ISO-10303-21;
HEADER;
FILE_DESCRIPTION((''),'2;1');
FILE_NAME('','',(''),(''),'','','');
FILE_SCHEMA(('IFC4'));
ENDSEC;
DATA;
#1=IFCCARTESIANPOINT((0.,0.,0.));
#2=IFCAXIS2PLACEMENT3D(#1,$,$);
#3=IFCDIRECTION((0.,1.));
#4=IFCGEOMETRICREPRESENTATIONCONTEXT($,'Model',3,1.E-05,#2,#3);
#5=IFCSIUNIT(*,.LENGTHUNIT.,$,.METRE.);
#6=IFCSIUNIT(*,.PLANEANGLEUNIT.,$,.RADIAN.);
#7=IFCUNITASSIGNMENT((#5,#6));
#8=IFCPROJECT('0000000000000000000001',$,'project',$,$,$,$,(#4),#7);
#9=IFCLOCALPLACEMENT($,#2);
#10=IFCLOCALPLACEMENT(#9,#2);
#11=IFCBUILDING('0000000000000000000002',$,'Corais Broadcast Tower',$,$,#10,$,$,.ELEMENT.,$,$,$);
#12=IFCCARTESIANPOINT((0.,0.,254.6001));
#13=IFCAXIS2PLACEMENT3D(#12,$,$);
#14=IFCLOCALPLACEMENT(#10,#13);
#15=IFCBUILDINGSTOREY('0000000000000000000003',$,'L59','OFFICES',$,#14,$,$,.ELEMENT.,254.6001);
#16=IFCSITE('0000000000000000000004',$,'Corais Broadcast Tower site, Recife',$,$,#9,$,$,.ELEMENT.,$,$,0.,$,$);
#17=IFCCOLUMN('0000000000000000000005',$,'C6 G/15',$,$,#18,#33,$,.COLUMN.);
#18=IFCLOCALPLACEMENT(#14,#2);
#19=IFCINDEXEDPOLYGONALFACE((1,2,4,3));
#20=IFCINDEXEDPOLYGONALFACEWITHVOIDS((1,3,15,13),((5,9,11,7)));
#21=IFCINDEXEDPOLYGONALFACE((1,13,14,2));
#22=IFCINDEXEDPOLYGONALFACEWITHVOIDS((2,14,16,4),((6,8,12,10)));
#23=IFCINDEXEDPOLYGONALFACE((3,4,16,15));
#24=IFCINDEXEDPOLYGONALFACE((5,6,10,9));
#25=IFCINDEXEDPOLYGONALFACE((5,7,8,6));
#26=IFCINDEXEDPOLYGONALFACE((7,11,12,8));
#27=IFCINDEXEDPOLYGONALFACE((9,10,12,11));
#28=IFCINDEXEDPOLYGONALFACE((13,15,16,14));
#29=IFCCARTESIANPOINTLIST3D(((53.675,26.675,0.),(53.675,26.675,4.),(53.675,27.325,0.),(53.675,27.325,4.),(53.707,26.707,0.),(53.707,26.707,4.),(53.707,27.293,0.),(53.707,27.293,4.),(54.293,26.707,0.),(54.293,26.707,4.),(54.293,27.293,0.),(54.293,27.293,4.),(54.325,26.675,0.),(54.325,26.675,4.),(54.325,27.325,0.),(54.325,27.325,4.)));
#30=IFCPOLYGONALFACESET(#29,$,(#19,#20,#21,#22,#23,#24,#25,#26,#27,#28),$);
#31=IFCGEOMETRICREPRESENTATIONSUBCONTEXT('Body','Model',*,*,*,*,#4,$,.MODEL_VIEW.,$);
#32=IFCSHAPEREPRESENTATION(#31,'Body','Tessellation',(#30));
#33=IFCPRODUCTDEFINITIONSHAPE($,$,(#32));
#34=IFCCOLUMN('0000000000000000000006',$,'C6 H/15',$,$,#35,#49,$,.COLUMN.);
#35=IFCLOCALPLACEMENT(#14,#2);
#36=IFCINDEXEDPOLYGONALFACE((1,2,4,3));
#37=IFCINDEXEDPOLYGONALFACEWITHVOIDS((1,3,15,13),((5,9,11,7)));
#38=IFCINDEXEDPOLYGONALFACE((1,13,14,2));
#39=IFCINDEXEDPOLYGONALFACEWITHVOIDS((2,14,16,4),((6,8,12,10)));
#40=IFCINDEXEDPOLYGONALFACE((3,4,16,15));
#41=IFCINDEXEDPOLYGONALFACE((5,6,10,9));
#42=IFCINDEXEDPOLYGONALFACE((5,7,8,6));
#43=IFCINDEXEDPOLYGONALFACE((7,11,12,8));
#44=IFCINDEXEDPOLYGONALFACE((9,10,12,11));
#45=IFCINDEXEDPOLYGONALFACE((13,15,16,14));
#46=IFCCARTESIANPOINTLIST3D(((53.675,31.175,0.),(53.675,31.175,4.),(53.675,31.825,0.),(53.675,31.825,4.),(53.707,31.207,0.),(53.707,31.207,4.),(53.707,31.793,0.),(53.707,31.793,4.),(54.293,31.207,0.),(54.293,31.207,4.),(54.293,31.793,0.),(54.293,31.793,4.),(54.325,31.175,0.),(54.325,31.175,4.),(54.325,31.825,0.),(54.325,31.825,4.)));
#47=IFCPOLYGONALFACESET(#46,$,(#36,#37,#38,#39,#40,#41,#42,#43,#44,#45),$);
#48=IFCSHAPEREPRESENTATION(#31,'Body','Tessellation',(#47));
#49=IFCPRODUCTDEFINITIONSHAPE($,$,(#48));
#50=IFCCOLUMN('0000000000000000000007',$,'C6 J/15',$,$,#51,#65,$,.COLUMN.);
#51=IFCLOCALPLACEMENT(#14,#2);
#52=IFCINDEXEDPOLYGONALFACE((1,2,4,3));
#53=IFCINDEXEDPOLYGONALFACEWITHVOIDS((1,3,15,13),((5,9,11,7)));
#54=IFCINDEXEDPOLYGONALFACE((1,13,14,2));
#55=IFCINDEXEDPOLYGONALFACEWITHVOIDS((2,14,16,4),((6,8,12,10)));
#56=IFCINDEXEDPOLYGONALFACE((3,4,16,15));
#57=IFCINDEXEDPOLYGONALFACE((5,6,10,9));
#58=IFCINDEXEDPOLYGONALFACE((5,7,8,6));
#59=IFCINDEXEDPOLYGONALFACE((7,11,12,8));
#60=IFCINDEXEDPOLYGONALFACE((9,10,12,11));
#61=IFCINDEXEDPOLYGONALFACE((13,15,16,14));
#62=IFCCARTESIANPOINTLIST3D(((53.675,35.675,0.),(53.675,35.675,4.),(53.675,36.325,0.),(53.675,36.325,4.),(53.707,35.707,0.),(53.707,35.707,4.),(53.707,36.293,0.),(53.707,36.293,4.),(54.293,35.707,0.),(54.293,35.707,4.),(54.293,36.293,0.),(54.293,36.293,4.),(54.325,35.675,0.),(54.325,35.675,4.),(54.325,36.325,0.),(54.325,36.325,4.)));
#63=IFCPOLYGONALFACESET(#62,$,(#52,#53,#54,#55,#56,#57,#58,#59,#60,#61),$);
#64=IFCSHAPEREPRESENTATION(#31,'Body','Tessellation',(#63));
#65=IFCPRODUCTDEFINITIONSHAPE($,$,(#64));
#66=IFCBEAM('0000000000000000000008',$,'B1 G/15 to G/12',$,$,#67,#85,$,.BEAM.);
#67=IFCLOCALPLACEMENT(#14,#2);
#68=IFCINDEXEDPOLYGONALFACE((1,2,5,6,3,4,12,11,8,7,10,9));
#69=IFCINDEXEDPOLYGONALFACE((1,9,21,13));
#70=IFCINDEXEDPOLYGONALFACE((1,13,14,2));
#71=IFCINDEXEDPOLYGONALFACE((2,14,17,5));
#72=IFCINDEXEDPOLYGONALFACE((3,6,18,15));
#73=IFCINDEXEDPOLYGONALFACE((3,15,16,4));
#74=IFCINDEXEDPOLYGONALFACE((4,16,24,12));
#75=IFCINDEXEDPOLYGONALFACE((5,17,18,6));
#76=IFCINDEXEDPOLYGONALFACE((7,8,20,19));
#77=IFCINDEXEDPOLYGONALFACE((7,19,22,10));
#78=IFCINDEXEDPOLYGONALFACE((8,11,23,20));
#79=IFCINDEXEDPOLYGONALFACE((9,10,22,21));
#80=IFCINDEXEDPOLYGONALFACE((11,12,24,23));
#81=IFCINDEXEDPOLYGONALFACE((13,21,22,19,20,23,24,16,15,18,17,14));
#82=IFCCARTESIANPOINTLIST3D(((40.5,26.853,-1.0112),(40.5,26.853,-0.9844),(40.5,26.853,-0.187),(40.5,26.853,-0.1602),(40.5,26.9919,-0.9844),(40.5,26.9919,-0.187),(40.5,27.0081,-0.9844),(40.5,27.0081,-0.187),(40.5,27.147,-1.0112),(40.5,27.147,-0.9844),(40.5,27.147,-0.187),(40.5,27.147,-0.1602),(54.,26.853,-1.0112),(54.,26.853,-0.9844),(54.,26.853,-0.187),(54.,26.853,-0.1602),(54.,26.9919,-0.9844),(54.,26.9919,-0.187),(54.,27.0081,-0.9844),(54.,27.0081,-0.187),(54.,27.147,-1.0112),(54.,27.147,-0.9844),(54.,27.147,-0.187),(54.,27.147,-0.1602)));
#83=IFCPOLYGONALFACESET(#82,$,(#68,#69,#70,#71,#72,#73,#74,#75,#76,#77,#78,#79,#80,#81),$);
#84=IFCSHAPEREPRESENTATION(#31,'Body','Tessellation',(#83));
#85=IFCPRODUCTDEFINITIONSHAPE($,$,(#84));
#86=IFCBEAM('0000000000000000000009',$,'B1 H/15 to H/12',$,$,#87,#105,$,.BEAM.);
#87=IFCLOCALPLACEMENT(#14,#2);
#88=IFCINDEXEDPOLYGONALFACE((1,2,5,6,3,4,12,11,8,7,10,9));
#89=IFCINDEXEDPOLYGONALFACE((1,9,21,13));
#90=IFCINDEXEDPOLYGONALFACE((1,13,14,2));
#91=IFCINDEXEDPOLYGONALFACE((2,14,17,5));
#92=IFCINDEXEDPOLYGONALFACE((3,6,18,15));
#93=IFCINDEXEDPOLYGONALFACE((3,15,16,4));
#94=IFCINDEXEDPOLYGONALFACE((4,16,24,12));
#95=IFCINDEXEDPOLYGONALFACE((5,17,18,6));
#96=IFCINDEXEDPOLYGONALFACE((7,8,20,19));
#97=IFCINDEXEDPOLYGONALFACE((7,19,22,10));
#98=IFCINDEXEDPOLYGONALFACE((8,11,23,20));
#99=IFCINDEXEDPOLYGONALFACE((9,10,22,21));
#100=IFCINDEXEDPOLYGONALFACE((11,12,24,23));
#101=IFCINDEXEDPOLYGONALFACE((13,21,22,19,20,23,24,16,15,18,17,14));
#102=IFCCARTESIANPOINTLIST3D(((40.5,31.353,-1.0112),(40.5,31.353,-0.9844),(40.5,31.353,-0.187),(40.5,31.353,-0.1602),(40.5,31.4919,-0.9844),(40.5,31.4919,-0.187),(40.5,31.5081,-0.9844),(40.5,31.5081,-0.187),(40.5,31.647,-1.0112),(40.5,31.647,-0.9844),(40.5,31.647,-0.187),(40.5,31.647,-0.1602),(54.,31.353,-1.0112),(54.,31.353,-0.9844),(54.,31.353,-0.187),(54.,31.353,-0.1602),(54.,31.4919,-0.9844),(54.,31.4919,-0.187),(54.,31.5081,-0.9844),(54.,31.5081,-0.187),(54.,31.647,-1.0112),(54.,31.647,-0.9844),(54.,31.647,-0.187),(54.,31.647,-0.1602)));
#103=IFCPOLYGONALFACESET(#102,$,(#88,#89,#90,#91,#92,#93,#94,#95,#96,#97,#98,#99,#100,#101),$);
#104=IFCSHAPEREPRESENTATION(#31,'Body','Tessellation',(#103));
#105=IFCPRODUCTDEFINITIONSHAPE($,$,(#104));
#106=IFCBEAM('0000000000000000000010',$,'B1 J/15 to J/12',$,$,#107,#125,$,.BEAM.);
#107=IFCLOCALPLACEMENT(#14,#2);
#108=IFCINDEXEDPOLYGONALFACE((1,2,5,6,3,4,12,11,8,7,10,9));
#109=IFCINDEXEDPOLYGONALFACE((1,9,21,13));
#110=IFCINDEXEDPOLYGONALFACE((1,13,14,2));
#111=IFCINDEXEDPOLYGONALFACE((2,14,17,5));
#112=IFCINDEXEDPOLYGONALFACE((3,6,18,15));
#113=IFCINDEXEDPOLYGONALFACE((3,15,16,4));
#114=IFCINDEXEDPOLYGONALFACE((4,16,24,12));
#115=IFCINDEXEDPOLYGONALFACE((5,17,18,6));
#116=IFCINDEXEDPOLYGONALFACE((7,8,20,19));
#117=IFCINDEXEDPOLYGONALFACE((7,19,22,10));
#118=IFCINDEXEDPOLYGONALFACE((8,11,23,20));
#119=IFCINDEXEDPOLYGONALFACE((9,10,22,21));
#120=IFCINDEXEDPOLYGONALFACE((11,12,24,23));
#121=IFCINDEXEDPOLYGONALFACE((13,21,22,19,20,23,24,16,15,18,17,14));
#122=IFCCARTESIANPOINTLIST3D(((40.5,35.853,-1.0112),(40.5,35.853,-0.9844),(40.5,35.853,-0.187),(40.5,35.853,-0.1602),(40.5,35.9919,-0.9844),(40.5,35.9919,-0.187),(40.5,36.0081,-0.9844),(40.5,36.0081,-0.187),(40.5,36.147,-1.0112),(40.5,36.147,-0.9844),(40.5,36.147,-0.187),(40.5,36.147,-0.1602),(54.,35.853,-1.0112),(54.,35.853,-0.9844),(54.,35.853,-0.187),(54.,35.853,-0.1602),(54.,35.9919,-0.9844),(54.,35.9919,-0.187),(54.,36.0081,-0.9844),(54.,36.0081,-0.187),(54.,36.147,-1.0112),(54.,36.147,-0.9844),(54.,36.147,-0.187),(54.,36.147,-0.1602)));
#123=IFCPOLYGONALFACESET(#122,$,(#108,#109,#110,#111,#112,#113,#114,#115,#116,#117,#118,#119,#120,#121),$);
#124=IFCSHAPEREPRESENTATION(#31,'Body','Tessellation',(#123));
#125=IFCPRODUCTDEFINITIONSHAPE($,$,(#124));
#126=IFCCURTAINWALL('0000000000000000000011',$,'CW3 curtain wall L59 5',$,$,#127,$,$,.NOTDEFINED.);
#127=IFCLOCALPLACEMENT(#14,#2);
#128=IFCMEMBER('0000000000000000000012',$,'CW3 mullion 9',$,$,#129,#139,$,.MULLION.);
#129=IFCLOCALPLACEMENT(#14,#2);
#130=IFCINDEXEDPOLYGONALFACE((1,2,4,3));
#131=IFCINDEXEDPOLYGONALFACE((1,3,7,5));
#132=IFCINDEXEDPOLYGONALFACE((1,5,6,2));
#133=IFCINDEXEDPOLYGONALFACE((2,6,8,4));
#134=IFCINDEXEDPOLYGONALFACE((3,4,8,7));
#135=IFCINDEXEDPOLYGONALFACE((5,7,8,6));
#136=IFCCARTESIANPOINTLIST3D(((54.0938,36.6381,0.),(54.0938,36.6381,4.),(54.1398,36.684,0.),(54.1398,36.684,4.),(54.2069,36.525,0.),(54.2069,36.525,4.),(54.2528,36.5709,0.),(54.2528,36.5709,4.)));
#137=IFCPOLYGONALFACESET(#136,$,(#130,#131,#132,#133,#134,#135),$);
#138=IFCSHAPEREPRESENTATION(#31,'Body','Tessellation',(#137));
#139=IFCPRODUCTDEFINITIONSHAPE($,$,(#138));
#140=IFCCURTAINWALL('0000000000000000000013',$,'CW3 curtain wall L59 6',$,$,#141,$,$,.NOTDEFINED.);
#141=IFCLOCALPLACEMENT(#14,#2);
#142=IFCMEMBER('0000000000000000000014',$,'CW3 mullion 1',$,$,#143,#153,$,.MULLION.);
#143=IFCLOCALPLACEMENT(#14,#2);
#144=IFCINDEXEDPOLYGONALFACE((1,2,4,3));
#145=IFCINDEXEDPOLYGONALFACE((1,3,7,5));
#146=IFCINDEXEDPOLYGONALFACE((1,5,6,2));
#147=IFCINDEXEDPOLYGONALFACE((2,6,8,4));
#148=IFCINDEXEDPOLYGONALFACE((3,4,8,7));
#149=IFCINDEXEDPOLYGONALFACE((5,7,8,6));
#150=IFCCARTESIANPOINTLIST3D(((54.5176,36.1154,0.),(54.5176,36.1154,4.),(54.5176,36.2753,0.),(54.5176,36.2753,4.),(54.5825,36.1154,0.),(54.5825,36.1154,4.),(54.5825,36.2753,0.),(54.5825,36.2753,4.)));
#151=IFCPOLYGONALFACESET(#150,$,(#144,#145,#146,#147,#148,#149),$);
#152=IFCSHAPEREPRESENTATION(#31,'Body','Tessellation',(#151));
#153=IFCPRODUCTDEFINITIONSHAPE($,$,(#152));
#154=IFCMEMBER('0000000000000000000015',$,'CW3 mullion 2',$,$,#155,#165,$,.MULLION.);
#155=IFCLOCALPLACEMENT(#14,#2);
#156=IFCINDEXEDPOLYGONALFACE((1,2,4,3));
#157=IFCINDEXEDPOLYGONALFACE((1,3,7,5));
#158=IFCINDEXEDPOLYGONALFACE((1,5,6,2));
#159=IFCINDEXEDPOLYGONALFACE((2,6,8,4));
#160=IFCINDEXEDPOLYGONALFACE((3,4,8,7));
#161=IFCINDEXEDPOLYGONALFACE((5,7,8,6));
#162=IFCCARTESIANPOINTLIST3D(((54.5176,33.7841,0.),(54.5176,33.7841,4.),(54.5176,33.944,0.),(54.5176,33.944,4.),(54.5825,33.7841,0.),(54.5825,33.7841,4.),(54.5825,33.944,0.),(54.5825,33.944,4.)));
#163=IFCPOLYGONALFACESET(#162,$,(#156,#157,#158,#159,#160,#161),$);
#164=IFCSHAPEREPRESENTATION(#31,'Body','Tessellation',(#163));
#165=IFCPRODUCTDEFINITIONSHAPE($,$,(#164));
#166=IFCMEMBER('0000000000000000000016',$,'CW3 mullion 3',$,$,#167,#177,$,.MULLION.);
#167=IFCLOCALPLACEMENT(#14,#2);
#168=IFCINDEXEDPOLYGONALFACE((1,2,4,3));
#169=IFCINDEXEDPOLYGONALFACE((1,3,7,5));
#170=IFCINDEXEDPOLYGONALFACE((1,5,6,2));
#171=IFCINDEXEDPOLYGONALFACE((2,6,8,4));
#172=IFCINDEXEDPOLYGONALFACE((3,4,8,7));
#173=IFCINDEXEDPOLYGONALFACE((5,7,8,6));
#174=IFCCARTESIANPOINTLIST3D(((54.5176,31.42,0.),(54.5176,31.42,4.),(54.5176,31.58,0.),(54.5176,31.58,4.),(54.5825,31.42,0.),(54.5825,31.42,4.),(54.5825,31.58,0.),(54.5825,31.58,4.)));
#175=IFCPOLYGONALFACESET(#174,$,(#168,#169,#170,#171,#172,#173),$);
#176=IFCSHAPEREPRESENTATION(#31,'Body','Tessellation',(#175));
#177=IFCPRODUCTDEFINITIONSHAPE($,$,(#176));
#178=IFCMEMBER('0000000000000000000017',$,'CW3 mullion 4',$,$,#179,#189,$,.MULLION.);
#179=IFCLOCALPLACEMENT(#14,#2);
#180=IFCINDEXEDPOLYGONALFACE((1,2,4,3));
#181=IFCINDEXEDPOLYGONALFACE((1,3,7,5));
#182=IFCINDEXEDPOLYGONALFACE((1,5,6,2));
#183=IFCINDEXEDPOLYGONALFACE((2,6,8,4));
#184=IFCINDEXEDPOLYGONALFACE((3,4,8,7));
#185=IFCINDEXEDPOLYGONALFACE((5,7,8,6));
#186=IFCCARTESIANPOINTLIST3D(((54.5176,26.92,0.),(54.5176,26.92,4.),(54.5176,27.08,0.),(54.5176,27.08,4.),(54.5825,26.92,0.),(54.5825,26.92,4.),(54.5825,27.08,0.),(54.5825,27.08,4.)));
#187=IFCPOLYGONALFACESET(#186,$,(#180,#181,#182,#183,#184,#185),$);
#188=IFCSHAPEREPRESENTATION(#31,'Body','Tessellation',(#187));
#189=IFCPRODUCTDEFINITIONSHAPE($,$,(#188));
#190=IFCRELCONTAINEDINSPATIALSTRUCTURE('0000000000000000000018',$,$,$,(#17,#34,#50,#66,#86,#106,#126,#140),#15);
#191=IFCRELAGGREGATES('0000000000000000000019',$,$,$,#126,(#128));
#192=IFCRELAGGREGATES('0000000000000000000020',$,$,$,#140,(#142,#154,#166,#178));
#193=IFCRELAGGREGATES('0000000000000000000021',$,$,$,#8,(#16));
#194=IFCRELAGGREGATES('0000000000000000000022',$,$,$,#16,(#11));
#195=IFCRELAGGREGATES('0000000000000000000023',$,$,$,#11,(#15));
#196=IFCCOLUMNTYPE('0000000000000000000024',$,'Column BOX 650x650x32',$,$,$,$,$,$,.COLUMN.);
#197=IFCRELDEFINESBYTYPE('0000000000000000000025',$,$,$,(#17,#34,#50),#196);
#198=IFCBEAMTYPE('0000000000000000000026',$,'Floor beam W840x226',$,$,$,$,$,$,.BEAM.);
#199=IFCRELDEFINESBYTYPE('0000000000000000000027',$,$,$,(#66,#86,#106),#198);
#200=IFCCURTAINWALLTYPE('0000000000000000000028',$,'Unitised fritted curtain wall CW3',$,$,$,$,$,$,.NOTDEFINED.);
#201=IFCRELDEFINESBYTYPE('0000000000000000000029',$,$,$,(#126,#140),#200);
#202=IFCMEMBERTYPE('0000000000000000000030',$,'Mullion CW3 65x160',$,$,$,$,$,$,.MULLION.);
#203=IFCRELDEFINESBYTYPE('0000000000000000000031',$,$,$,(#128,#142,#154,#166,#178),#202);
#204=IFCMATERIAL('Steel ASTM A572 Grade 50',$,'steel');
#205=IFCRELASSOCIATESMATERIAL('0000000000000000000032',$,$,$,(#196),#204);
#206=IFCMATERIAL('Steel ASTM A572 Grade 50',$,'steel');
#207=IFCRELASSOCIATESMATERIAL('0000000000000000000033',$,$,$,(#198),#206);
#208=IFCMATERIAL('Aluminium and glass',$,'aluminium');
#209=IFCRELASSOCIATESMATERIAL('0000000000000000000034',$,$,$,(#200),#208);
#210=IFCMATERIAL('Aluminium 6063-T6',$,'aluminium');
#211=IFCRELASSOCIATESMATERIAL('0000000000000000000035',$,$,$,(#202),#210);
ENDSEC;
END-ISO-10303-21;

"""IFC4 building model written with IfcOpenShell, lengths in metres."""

from ifc_helpers import new_model, si_unit, direction, frame, origin, origin_2d, place, context, subcontext, project, spatial, rectangle, hollow_rectangle, i_section, extrude, material, material_profile, profile_set, type_object, element, aggregate, save


model = new_model("IFC4")

# Units and contexts
model_context = context("Model", 3, precision=1e-05, world=origin(), true_north=direction((0.0, 1.0)))
body_context = subcontext(model_context, "Body", "Model", "MODEL_VIEW")
ifc_project = project(units=[si_unit("LENGTHUNIT", "METRE"), si_unit("PLANEANGLEUNIT", "RADIAN")], contexts=[model_context])

# Site, building, storey
site_placement = place(None, origin())
site = spatial("IfcSite", under=ifc_project, at=site_placement, Name="Corais Broadcast Tower site, Recife", CompositionType="ELEMENT", RefElevation=0.0)
building_placement = place(site_placement, origin())
building = spatial("IfcBuilding", under=site, at=building_placement, Name="Corais Broadcast Tower", CompositionType="ELEMENT")
storey_placement = place(building_placement, frame((0.0, 0.0, 254.6001)))
storey = spatial("IfcBuildingStorey", under=building, at=storey_placement, Name="L59", Description="OFFICES", CompositionType="ELEMENT", Elevation=254.6001)

# Columns
ifc_material_1 = material(Name="Steel ASTM A572 Grade 50", Category="steel")
ifc_material_profile_1 = material_profile(ifc_material_1, hollow_rectangle(XDim=0.6499, YDim=0.6499, WallThickness=0.032, at=origin_2d()), Name="BOX 650x650x32")
ifc_profile_set_1 = profile_set([ifc_material_profile_1], Name="Steel ASTM A572 Grade 50")
column_type = type_object("IfcColumnType", Name="Column BOX 650x650x32", PredefinedType="COLUMN", material=ifc_profile_set_1)
for number, where, z_axis, x_axis, name in (
    (1, (54.0, 27.0, 0.0), (0.0, 0.0, 1.0), (1.0, 0.0, 0.0), "C6 G/15"),
    (2, (54.0, 31.5, 0.0), (0.0, 0.0, 1.0), (1.0, 0.0, 0.0), "C6 H/15"),
    (3, (54.0, 36.0, 0.0), (0.0, 0.0, 1.0), (1.0, 0.0, 0.0), "C6 J/15"),
):
    element("IfcColumn", number, at=place(storey_placement, frame(where, z_axis=z_axis, x_axis=x_axis)), inside=storey, type_object=column_type, Name=name, PredefinedType="COLUMN", context=body_context, shape_type="SweptSolid", body=[
        extrude(hollow_rectangle(XDim=0.6499, YDim=0.6499, WallThickness=0.032, at=origin_2d()), origin(), (0.0, 0.0, 1.0), 4.0),
    ])

# Beams
ifc_material_2 = material(Name="Steel ASTM A572 Grade 50", Category="steel")
ifc_material_profile_2 = material_profile(ifc_material_2, i_section(OverallWidth=0.2939, OverallDepth=0.8511, WebThickness=0.0161, FlangeThickness=0.0269, at=origin_2d()), Name="W840x226")
ifc_profile_set_2 = profile_set([ifc_material_profile_2], Name="Steel ASTM A572 Grade 50")
beam_type_1 = type_object("IfcBeamType", Name="Floor beam W840x226", PredefinedType="BEAM", material=ifc_profile_set_2)
for number, where, z_axis, x_axis, name in (
    (4, (54.0, 27.0, -0.5857), (-1.0, 0.0, 0.0), (0.0, -1.0, 0.0), "B1 G/15 to G/12"),
    (5, (54.0, 31.5, -0.5857), (-1.0, 0.0, 0.0), (0.0, -1.0, 0.0), "B1 H/15 to H/12"),
    (6, (54.0, 36.0, -0.5857), (-1.0, 0.0, 0.0), (0.0, -1.0, 0.0), "B1 J/15 to J/12"),
):
    element("IfcBeam", number, at=place(storey_placement, frame(where, z_axis=z_axis, x_axis=x_axis)), inside=storey, type_object=beam_type_1, Name=name, PredefinedType="BEAM", context=body_context, shape_type="SweptSolid", body=[
        extrude(i_section(OverallWidth=0.2939, OverallDepth=0.8511, WebThickness=0.0161, FlangeThickness=0.0269, at=origin_2d()), origin(), (0.0, 0.0, 1.0), 13.5),
    ])

# Curtain wall, member
ifc_material_3 = material(Name="Aluminium and glass", Category="aluminium")
curtain_wall_type = type_object("IfcCurtainWallType", Name="Unitised fritted curtain wall CW3", PredefinedType="NOTDEFINED", material=ifc_material_3)
curtain_wall_1_placement = place(storey_placement, origin())
curtain_wall_1 = element("IfcCurtainWall", 7, at=curtain_wall_1_placement, inside=storey, type_object=curtain_wall_type, Name="CW3 curtain wall L59 5", PredefinedType="NOTDEFINED")
ifc_material_4 = material(Name="Aluminium 6063-T6", Category="aluminium")
ifc_material_profile_3 = material_profile(ifc_material_4, rectangle(XDim=0.0649, YDim=0.1599, at=origin_2d()), Name="Mullion CW3 65x160")
ifc_profile_set_3 = profile_set([ifc_material_profile_3], Name="Aluminium 6063-T6")
member_type_1 = type_object("IfcMemberType", Name="Mullion CW3 65x160", PredefinedType="MULLION", material=ifc_profile_set_3)
member_1_placement = place(storey_placement, frame((54.1733, 36.6045, 0.0), z_axis=(0.0, 0.0, 1.0), x_axis=(0.707107, 0.707107, 0.0)))
member_1 = element("IfcMember", 8, at=member_1_placement, type_object=member_type_1, Name="CW3 mullion 9", PredefinedType="MULLION", context=body_context, shape_type="SweptSolid", body=[
    extrude(rectangle(XDim=0.0649, YDim=0.1599, at=origin_2d()), origin(), (0.0, 0.0, 1.0), 4.0),
])

# Curtain wall, members
curtain_wall_2_placement = place(storey_placement, origin())
curtain_wall_2 = element("IfcCurtainWall", 9, at=curtain_wall_2_placement, inside=storey, type_object=curtain_wall_type, Name="CW3 curtain wall L59 6", PredefinedType="NOTDEFINED")
member_2_placement = place(storey_placement, frame((54.55, 36.1953, 0.0), z_axis=(0.0, 0.0, 1.0), x_axis=(1.0, 0.0, 0.0)))
member_2 = element("IfcMember", 10, at=member_2_placement, type_object=member_type_1, Name="CW3 mullion 1", PredefinedType="MULLION", context=body_context, shape_type="SweptSolid", body=[
    extrude(rectangle(XDim=0.0649, YDim=0.1599, at=origin_2d()), origin(), (0.0, 0.0, 1.0), 4.0),
])
member_3_placement = place(storey_placement, frame((54.55, 33.864, 0.0), z_axis=(0.0, 0.0, 1.0), x_axis=(1.0, 0.0, 0.0)))
member_3 = element("IfcMember", 11, at=member_3_placement, type_object=member_type_1, Name="CW3 mullion 2", PredefinedType="MULLION", context=body_context, shape_type="SweptSolid", body=[
    extrude(rectangle(XDim=0.0649, YDim=0.1599, at=origin_2d()), origin(), (0.0, 0.0, 1.0), 4.0),
])
member_4_placement = place(storey_placement, frame((54.55, 31.5, 0.0), z_axis=(0.0, 0.0, 1.0), x_axis=(1.0, 0.0, 0.0)))
member_4 = element("IfcMember", 12, at=member_4_placement, type_object=member_type_1, Name="CW3 mullion 3", PredefinedType="MULLION", context=body_context, shape_type="SweptSolid", body=[
    extrude(rectangle(XDim=0.0649, YDim=0.1599, at=origin_2d()), origin(), (0.0, 0.0, 1.0), 4.0),
])
member_5_placement = place(storey_placement, frame((54.55, 27.0, 0.0), z_axis=(0.0, 0.0, 1.0), x_axis=(1.0, 0.0, 0.0)))
member_5 = element("IfcMember", 13, at=member_5_placement, type_object=member_type_1, Name="CW3 mullion 4", PredefinedType="MULLION", context=body_context, shape_type="SweptSolid", body=[
    extrude(rectangle(XDim=0.0649, YDim=0.1599, at=origin_2d()), origin(), (0.0, 0.0, 1.0), 4.0),
])

aggregate(curtain_wall_1, [member_1])
aggregate(curtain_wall_2, [member_2, member_3, member_4, member_5])

save(model, "model.ifc")
